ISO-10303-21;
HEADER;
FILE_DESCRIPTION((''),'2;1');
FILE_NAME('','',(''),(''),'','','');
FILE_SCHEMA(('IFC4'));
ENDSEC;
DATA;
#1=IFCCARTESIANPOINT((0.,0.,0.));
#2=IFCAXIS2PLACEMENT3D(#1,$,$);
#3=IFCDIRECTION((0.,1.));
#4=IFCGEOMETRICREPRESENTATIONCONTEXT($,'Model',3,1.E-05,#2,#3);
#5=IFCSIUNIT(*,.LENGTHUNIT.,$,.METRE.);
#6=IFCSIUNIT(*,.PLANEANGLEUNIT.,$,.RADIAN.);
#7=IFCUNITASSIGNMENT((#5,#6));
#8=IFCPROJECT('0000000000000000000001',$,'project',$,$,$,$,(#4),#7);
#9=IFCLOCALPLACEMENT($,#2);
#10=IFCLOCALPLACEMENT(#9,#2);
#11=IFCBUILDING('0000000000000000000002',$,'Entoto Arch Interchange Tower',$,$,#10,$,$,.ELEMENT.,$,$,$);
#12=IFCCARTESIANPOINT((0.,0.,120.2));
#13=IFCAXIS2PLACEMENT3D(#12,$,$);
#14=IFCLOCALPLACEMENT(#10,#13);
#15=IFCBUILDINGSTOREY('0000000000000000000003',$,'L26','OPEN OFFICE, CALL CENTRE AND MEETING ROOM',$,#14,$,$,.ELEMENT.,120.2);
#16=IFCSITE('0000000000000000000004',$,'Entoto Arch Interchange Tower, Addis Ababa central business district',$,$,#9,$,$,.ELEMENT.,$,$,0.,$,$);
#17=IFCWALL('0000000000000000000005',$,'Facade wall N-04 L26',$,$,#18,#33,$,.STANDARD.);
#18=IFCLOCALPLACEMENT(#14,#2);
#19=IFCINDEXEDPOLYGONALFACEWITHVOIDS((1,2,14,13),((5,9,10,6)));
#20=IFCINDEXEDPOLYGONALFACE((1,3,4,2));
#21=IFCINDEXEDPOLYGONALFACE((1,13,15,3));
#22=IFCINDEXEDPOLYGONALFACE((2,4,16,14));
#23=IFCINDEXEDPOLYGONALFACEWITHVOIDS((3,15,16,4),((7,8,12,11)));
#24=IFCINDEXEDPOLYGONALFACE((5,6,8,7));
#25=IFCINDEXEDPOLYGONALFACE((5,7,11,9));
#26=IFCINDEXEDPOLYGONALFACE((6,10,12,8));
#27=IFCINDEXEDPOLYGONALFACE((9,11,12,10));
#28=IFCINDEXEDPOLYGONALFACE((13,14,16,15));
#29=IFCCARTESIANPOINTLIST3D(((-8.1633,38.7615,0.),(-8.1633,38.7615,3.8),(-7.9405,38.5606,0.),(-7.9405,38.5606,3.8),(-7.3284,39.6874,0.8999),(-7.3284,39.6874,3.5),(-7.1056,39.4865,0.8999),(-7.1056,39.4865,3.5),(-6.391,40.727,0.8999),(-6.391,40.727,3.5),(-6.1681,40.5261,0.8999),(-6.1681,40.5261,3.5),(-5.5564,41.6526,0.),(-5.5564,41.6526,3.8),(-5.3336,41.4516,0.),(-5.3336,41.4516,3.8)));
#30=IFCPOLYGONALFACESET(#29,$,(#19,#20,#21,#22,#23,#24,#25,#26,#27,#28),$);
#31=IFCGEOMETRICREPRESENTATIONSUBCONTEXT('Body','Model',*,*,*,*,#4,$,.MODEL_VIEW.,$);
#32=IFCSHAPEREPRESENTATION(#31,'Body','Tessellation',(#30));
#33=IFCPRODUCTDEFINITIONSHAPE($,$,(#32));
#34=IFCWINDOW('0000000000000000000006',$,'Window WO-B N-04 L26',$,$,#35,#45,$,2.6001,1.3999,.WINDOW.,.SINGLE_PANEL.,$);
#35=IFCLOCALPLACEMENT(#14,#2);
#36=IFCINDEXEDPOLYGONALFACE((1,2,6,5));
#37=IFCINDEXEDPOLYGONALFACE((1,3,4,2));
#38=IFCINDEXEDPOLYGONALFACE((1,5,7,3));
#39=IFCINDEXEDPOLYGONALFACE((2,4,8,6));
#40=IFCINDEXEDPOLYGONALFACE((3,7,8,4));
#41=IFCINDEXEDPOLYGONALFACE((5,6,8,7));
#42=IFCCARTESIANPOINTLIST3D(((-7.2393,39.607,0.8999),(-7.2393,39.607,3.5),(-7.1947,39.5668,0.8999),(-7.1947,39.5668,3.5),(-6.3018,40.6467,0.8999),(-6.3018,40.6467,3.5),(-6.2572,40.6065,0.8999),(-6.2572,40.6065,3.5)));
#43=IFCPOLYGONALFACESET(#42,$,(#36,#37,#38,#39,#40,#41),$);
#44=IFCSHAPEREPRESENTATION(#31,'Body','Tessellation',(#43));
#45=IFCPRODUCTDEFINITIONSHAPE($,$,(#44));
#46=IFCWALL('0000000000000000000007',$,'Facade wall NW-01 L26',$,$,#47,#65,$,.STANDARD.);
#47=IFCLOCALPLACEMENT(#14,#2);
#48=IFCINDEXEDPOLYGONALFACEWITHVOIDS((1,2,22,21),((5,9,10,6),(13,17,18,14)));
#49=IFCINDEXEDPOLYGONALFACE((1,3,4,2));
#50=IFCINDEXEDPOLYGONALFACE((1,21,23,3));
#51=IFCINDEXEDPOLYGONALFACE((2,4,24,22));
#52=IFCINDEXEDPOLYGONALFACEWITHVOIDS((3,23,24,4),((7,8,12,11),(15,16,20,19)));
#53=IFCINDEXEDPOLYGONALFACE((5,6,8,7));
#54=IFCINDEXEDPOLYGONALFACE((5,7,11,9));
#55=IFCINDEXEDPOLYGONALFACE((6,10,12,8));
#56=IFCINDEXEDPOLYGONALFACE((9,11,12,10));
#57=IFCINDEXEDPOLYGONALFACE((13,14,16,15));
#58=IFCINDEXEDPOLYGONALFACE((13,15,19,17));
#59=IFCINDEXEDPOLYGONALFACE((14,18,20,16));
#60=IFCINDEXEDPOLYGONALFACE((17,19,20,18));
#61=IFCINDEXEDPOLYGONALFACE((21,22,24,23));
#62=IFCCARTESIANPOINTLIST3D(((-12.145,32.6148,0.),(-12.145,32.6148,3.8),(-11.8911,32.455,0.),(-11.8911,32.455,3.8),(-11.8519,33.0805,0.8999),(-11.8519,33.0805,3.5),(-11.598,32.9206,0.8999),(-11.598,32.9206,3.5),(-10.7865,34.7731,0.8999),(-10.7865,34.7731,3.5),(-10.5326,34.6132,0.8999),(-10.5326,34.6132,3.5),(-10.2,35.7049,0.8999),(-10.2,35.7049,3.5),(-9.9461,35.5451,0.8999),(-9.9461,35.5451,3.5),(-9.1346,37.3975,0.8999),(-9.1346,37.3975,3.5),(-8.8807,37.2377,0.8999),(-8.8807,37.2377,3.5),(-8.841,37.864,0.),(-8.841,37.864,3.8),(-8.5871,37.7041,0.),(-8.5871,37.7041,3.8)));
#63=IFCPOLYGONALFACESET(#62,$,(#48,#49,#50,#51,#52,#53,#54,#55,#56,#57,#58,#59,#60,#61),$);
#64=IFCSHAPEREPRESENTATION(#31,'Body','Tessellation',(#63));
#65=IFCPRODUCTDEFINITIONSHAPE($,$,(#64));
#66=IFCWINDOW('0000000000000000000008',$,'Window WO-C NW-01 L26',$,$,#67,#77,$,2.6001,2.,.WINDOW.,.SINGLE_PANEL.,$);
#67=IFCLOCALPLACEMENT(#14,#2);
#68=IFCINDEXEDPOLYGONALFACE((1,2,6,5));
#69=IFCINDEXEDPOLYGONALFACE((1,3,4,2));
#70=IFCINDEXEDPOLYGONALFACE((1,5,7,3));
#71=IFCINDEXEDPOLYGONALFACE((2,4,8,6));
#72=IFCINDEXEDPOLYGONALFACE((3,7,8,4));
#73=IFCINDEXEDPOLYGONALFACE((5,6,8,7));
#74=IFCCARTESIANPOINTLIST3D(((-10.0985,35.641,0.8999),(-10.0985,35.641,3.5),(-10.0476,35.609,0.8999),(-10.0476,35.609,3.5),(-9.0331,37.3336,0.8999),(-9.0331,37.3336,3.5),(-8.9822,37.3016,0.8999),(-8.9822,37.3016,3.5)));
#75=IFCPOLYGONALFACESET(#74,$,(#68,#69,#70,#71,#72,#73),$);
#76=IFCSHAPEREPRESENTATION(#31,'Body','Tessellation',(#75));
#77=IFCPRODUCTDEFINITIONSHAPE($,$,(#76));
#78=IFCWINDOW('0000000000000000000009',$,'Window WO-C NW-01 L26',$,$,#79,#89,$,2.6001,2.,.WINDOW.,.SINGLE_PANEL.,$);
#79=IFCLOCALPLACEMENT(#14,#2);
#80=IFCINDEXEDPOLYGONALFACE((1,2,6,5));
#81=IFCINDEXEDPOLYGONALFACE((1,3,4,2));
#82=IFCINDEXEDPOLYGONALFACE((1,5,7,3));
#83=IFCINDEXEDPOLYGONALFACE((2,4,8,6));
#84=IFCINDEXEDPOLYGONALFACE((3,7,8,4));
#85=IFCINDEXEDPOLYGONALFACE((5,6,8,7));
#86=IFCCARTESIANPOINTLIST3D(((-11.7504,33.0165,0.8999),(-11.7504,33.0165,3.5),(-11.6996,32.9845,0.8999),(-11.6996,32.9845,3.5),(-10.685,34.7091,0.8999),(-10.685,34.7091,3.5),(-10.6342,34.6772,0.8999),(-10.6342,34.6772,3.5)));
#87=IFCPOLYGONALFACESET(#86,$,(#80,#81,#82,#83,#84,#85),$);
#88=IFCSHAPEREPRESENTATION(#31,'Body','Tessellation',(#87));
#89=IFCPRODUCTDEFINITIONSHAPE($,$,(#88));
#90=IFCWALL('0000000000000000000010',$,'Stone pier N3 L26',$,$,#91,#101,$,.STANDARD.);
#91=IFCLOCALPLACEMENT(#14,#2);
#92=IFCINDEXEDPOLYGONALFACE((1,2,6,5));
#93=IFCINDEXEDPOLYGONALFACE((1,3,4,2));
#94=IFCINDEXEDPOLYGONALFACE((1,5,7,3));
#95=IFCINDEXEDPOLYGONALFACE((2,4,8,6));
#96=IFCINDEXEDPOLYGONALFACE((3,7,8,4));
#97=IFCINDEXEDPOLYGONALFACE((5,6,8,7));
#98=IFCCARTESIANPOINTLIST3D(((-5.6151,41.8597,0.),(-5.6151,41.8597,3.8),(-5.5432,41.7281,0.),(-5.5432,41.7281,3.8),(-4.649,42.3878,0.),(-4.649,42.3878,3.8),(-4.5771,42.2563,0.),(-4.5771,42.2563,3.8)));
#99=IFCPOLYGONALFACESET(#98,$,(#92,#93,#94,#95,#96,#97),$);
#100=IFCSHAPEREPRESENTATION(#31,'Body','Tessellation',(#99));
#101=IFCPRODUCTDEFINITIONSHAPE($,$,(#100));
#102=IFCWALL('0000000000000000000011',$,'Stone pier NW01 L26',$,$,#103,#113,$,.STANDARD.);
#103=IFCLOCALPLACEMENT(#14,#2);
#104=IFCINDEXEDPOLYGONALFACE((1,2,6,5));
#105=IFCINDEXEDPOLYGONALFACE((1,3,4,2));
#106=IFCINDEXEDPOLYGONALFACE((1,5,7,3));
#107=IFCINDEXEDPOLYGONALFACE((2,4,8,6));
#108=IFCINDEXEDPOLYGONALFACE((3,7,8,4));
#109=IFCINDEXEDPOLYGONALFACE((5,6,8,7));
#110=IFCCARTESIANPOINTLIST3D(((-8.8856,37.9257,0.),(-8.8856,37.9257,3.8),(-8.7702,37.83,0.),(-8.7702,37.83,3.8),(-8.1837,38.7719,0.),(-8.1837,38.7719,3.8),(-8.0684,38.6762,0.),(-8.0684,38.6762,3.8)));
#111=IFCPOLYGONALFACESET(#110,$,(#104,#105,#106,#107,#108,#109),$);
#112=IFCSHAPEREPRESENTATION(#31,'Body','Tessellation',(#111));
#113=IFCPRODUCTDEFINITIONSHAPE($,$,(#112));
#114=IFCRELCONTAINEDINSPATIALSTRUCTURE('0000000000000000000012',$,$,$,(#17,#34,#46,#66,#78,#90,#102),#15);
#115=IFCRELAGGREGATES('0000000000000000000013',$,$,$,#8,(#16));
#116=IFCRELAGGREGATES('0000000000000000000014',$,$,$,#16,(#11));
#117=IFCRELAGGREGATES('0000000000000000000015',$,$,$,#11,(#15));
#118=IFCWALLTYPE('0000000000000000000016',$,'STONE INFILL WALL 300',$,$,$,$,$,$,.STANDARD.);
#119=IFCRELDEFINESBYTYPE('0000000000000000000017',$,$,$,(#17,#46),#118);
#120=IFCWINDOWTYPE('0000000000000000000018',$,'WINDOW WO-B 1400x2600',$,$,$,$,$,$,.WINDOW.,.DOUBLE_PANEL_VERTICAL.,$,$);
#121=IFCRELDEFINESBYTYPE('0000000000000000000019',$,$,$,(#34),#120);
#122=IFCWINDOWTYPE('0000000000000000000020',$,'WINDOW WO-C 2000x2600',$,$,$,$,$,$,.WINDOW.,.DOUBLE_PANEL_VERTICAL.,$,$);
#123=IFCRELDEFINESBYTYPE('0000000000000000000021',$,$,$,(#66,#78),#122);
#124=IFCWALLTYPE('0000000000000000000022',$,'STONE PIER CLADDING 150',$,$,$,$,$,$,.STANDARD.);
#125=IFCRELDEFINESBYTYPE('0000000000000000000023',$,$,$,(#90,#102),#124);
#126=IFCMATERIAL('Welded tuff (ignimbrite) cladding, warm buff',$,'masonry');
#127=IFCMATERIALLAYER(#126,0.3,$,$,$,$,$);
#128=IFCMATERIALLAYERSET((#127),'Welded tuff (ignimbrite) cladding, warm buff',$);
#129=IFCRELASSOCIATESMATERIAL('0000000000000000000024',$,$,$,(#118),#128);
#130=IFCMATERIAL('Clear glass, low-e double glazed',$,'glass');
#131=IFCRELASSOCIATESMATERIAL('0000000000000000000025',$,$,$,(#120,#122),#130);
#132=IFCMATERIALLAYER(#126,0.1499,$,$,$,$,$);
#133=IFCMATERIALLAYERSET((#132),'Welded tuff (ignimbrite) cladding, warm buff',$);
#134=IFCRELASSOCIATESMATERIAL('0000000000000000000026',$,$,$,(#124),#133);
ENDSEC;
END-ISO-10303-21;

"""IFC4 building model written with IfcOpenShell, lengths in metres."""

from ifc_helpers import new_model, si_unit, direction, frame, frame_2d, origin, place, context, subcontext, project, spatial, rectangle, extrude, material, layer, layer_set, type_object, element, fill, save


model = new_model("IFC4")

# Units and contexts
model_context = context("Model", 3, precision=1e-05, world=origin(), true_north=direction((0.0, 1.0)))
body_context = subcontext(model_context, "Body", "Model", "MODEL_VIEW")
ifc_project = project(units=[si_unit("LENGTHUNIT", "METRE"), si_unit("PLANEANGLEUNIT", "RADIAN")], contexts=[model_context])

# Site, building, storey
site_placement = place(None, origin())
site = spatial("IfcSite", under=ifc_project, at=site_placement, Name="Entoto Arch Interchange Tower, Addis Ababa central business district", CompositionType="ELEMENT", RefElevation=0.0)
building_placement = place(site_placement, origin())
building = spatial("IfcBuilding", under=site, at=building_placement, Name="Entoto Arch Interchange Tower", CompositionType="ELEMENT")
storey_placement = place(building_placement, frame((0.0, 0.0, 120.2)))
storey = spatial("IfcBuildingStorey", under=building, at=storey_placement, Name="L26", Description="OPEN OFFICE, CALL CENTRE AND MEETING ROOM", CompositionType="ELEMENT", Elevation=120.2)

# Wall, opening, window
ifc_material_1 = material(Name="Welded tuff (ignimbrite) cladding, warm buff", Category="masonry")
ifc_layer_1 = layer(ifc_material_1, 0.3)
ifc_layer_set_1 = layer_set([ifc_layer_1], Name="Welded tuff (ignimbrite) cladding, warm buff")
wall_type_1 = type_object("IfcWallType", Name="STONE INFILL WALL 300", PredefinedType="STANDARD", material=ifc_layer_set_1)
ifc_material_2 = material(Name="Clear glass, low-e double glazed", Category="glass")
window_type_1 = type_object("IfcWindowType", Name="WINDOW WO-B 1400x2600", PartitioningType="DOUBLE_PANEL_VERTICAL", PredefinedType="WINDOW", material=ifc_material_2)
wall_1_placement = place(storey_placement, frame((-5.4451, 41.552, 0.0), z_axis=(0.0, 0.0, 1.0), x_axis=(-0.669664, -0.742664, 0.0)))
wall_1 = element("IfcWall", 1, at=wall_1_placement, inside=storey, type_object=wall_type_1, Name="Facade wall N-04 L26", PredefinedType="STANDARD", context=body_context, shape_type="SweptSolid", body=[
    extrude(rectangle(XDim=3.8928, YDim=0.3, at=frame_2d((1.9463, 0.0))), origin(), (0.0, 0.0, 1.0), 3.8),
])
opening_1_placement = place(wall_1_placement, frame((1.2461, 0.0, 0.8999)))
opening_1 = element("IfcOpeningElement", 2, at=opening_1_placement, cuts=wall_1, PredefinedType="OPENING", context=body_context, shape_type="SweptSolid", body=[
    extrude(rectangle(XDim=1.3999, YDim=2.6001, at=frame_2d((0.7, 1.3))), frame((0.0, 0.1602, 0.0), z_axis=(0.0, -1.0, 0.0), x_axis=(1.0, 0.0, 0.0)), (0.0, 0.0, 1.0), 0.3201),
])
window_1_placement = place(opening_1_placement, origin())
window_1 = element("IfcWindow", 3, at=window_1_placement, inside=storey, type_object=window_type_1, Name="Window WO-B N-04 L26", OverallHeight=2.6001, OverallWidth=1.3999, PartitioningType="SINGLE_PANEL", PredefinedType="WINDOW", context=body_context, shape_type="SweptSolid", body=[
    extrude(rectangle(XDim=1.3999, YDim=2.6001, at=frame_2d((0.7, 1.3))), frame((0.0, 0.03, 0.0), z_axis=(0.0, -1.0, 0.0), x_axis=(1.0, 0.0, 0.0)), (0.0, 0.0, 1.0), 0.0601),
])
fill(opening_1, window_1)

# Wall, openings, windows
wall_2_placement = place(storey_placement, frame((-8.7141, 37.7839, 0.0), z_axis=(0.0, 0.0, 1.0), x_axis=(-0.532699, -0.846304, 0.0)))
wall_2 = element("IfcWall", 4, at=wall_2_placement, inside=storey, type_object=wall_type_1, Name="Facade wall NW-01 L26", PredefinedType="STANDARD", context=body_context, shape_type="SweptSolid", body=[
    extrude(rectangle(XDim=6.2024, YDim=0.3, at=frame_2d((3.1011, 0.0))), origin(), (0.0, 0.0, 1.0), 3.8),
])
opening_2_placement = place(wall_2_placement, frame((0.551, 0.0, 0.8999)))
opening_2 = element("IfcOpeningElement", 5, at=opening_2_placement, cuts=wall_2, PredefinedType="OPENING", context=body_context, shape_type="SweptSolid", body=[
    extrude(rectangle(XDim=2.0, YDim=2.6001, at=frame_2d((1.0, 1.3))), frame((0.0, 0.1602, 0.0), z_axis=(0.0, -1.0, 0.0), x_axis=(1.0, 0.0, 0.0)), (0.0, 0.0, 1.0), 0.3201),
])
opening_3_placement = place(wall_2_placement, frame((3.6521, 0.0, 0.8999)))
opening_3 = element("IfcOpeningElement", 6, at=opening_3_placement, cuts=wall_2, PredefinedType="OPENING", context=body_context, shape_type="SweptSolid", body=[
    extrude(rectangle(XDim=2.0, YDim=2.6001, at=frame_2d((1.0, 1.3))), frame((0.0, 0.1602, 0.0), z_axis=(0.0, -1.0, 0.0), x_axis=(1.0, 0.0, 0.0)), (0.0, 0.0, 1.0), 0.3201),
])
window_type_2 = type_object("IfcWindowType", Name="WINDOW WO-C 2000x2600", PartitioningType="DOUBLE_PANEL_VERTICAL", PredefinedType="WINDOW", material=ifc_material_2)
window_2_placement = place(opening_2_placement, origin())
window_2 = element("IfcWindow", 7, at=window_2_placement, inside=storey, type_object=window_type_2, Name="Window WO-C NW-01 L26", OverallHeight=2.6001, OverallWidth=2.0, PartitioningType="SINGLE_PANEL", PredefinedType="WINDOW", context=body_context, shape_type="SweptSolid", body=[
    extrude(rectangle(XDim=2.0, YDim=2.6001, at=frame_2d((1.0, 1.3))), frame((0.0, 0.03, 0.0), z_axis=(0.0, -1.0, 0.0), x_axis=(1.0, 0.0, 0.0)), (0.0, 0.0, 1.0), 0.0601),
])
fill(opening_2, window_2)
window_3_placement = place(opening_3_placement, origin())
window_3 = element("IfcWindow", 8, at=window_3_placement, inside=storey, type_object=window_type_2, Name="Window WO-C NW-01 L26", OverallHeight=2.6001, OverallWidth=2.0, PartitioningType="SINGLE_PANEL", PredefinedType="WINDOW", context=body_context, shape_type="SweptSolid", body=[
    extrude(rectangle(XDim=2.0, YDim=2.6001, at=frame_2d((1.0, 1.3))), frame((0.0, 0.03, 0.0), z_axis=(0.0, -1.0, 0.0), x_axis=(1.0, 0.0, 0.0)), (0.0, 0.0, 1.0), 0.0601),
])
fill(opening_3, window_3)

# Walls
ifc_layer_2 = layer(ifc_material_1, 0.1499)
ifc_layer_set_2 = layer_set([ifc_layer_2], Name="Welded tuff (ignimbrite) cladding, warm buff")
wall_type_2 = type_object("IfcWallType", Name="STONE PIER CLADDING 150", PredefinedType="STANDARD", material=ifc_layer_set_2)
wall_3_placement = place(storey_placement, frame((-4.613, 42.322, 0.0), z_axis=(0.0, 0.0, 1.0), x_axis=(-0.877463, -0.479644, 0.0)))
element("IfcWall", 9, at=wall_3_placement, inside=storey, type_object=wall_type_2, Name="Stone pier N3 L26", PredefinedType="STANDARD", context=body_context, shape_type="SweptSolid", body=[
    extrude(rectangle(XDim=1.1011, YDim=0.1499, at=frame_2d((0.5505, 0.0))), origin(), (0.0, 0.0, 1.0), 3.8),
])
wall_4_placement = place(storey_placement, frame((-8.126, 38.7241, 0.0), z_axis=(0.0, 0.0, 1.0), x_axis=(-0.638435, -0.769675, 0.0)))
element("IfcWall", 10, at=wall_4_placement, inside=storey, type_object=wall_type_2, Name="Stone pier NW01 L26", PredefinedType="STANDARD", context=body_context, shape_type="SweptSolid", body=[
    extrude(rectangle(XDim=1.0994, YDim=0.1499, at=frame_2d((0.5498, 0.0))), origin(), (0.0, 0.0, 1.0), 3.8),
])

save(model, "model.ifc")
